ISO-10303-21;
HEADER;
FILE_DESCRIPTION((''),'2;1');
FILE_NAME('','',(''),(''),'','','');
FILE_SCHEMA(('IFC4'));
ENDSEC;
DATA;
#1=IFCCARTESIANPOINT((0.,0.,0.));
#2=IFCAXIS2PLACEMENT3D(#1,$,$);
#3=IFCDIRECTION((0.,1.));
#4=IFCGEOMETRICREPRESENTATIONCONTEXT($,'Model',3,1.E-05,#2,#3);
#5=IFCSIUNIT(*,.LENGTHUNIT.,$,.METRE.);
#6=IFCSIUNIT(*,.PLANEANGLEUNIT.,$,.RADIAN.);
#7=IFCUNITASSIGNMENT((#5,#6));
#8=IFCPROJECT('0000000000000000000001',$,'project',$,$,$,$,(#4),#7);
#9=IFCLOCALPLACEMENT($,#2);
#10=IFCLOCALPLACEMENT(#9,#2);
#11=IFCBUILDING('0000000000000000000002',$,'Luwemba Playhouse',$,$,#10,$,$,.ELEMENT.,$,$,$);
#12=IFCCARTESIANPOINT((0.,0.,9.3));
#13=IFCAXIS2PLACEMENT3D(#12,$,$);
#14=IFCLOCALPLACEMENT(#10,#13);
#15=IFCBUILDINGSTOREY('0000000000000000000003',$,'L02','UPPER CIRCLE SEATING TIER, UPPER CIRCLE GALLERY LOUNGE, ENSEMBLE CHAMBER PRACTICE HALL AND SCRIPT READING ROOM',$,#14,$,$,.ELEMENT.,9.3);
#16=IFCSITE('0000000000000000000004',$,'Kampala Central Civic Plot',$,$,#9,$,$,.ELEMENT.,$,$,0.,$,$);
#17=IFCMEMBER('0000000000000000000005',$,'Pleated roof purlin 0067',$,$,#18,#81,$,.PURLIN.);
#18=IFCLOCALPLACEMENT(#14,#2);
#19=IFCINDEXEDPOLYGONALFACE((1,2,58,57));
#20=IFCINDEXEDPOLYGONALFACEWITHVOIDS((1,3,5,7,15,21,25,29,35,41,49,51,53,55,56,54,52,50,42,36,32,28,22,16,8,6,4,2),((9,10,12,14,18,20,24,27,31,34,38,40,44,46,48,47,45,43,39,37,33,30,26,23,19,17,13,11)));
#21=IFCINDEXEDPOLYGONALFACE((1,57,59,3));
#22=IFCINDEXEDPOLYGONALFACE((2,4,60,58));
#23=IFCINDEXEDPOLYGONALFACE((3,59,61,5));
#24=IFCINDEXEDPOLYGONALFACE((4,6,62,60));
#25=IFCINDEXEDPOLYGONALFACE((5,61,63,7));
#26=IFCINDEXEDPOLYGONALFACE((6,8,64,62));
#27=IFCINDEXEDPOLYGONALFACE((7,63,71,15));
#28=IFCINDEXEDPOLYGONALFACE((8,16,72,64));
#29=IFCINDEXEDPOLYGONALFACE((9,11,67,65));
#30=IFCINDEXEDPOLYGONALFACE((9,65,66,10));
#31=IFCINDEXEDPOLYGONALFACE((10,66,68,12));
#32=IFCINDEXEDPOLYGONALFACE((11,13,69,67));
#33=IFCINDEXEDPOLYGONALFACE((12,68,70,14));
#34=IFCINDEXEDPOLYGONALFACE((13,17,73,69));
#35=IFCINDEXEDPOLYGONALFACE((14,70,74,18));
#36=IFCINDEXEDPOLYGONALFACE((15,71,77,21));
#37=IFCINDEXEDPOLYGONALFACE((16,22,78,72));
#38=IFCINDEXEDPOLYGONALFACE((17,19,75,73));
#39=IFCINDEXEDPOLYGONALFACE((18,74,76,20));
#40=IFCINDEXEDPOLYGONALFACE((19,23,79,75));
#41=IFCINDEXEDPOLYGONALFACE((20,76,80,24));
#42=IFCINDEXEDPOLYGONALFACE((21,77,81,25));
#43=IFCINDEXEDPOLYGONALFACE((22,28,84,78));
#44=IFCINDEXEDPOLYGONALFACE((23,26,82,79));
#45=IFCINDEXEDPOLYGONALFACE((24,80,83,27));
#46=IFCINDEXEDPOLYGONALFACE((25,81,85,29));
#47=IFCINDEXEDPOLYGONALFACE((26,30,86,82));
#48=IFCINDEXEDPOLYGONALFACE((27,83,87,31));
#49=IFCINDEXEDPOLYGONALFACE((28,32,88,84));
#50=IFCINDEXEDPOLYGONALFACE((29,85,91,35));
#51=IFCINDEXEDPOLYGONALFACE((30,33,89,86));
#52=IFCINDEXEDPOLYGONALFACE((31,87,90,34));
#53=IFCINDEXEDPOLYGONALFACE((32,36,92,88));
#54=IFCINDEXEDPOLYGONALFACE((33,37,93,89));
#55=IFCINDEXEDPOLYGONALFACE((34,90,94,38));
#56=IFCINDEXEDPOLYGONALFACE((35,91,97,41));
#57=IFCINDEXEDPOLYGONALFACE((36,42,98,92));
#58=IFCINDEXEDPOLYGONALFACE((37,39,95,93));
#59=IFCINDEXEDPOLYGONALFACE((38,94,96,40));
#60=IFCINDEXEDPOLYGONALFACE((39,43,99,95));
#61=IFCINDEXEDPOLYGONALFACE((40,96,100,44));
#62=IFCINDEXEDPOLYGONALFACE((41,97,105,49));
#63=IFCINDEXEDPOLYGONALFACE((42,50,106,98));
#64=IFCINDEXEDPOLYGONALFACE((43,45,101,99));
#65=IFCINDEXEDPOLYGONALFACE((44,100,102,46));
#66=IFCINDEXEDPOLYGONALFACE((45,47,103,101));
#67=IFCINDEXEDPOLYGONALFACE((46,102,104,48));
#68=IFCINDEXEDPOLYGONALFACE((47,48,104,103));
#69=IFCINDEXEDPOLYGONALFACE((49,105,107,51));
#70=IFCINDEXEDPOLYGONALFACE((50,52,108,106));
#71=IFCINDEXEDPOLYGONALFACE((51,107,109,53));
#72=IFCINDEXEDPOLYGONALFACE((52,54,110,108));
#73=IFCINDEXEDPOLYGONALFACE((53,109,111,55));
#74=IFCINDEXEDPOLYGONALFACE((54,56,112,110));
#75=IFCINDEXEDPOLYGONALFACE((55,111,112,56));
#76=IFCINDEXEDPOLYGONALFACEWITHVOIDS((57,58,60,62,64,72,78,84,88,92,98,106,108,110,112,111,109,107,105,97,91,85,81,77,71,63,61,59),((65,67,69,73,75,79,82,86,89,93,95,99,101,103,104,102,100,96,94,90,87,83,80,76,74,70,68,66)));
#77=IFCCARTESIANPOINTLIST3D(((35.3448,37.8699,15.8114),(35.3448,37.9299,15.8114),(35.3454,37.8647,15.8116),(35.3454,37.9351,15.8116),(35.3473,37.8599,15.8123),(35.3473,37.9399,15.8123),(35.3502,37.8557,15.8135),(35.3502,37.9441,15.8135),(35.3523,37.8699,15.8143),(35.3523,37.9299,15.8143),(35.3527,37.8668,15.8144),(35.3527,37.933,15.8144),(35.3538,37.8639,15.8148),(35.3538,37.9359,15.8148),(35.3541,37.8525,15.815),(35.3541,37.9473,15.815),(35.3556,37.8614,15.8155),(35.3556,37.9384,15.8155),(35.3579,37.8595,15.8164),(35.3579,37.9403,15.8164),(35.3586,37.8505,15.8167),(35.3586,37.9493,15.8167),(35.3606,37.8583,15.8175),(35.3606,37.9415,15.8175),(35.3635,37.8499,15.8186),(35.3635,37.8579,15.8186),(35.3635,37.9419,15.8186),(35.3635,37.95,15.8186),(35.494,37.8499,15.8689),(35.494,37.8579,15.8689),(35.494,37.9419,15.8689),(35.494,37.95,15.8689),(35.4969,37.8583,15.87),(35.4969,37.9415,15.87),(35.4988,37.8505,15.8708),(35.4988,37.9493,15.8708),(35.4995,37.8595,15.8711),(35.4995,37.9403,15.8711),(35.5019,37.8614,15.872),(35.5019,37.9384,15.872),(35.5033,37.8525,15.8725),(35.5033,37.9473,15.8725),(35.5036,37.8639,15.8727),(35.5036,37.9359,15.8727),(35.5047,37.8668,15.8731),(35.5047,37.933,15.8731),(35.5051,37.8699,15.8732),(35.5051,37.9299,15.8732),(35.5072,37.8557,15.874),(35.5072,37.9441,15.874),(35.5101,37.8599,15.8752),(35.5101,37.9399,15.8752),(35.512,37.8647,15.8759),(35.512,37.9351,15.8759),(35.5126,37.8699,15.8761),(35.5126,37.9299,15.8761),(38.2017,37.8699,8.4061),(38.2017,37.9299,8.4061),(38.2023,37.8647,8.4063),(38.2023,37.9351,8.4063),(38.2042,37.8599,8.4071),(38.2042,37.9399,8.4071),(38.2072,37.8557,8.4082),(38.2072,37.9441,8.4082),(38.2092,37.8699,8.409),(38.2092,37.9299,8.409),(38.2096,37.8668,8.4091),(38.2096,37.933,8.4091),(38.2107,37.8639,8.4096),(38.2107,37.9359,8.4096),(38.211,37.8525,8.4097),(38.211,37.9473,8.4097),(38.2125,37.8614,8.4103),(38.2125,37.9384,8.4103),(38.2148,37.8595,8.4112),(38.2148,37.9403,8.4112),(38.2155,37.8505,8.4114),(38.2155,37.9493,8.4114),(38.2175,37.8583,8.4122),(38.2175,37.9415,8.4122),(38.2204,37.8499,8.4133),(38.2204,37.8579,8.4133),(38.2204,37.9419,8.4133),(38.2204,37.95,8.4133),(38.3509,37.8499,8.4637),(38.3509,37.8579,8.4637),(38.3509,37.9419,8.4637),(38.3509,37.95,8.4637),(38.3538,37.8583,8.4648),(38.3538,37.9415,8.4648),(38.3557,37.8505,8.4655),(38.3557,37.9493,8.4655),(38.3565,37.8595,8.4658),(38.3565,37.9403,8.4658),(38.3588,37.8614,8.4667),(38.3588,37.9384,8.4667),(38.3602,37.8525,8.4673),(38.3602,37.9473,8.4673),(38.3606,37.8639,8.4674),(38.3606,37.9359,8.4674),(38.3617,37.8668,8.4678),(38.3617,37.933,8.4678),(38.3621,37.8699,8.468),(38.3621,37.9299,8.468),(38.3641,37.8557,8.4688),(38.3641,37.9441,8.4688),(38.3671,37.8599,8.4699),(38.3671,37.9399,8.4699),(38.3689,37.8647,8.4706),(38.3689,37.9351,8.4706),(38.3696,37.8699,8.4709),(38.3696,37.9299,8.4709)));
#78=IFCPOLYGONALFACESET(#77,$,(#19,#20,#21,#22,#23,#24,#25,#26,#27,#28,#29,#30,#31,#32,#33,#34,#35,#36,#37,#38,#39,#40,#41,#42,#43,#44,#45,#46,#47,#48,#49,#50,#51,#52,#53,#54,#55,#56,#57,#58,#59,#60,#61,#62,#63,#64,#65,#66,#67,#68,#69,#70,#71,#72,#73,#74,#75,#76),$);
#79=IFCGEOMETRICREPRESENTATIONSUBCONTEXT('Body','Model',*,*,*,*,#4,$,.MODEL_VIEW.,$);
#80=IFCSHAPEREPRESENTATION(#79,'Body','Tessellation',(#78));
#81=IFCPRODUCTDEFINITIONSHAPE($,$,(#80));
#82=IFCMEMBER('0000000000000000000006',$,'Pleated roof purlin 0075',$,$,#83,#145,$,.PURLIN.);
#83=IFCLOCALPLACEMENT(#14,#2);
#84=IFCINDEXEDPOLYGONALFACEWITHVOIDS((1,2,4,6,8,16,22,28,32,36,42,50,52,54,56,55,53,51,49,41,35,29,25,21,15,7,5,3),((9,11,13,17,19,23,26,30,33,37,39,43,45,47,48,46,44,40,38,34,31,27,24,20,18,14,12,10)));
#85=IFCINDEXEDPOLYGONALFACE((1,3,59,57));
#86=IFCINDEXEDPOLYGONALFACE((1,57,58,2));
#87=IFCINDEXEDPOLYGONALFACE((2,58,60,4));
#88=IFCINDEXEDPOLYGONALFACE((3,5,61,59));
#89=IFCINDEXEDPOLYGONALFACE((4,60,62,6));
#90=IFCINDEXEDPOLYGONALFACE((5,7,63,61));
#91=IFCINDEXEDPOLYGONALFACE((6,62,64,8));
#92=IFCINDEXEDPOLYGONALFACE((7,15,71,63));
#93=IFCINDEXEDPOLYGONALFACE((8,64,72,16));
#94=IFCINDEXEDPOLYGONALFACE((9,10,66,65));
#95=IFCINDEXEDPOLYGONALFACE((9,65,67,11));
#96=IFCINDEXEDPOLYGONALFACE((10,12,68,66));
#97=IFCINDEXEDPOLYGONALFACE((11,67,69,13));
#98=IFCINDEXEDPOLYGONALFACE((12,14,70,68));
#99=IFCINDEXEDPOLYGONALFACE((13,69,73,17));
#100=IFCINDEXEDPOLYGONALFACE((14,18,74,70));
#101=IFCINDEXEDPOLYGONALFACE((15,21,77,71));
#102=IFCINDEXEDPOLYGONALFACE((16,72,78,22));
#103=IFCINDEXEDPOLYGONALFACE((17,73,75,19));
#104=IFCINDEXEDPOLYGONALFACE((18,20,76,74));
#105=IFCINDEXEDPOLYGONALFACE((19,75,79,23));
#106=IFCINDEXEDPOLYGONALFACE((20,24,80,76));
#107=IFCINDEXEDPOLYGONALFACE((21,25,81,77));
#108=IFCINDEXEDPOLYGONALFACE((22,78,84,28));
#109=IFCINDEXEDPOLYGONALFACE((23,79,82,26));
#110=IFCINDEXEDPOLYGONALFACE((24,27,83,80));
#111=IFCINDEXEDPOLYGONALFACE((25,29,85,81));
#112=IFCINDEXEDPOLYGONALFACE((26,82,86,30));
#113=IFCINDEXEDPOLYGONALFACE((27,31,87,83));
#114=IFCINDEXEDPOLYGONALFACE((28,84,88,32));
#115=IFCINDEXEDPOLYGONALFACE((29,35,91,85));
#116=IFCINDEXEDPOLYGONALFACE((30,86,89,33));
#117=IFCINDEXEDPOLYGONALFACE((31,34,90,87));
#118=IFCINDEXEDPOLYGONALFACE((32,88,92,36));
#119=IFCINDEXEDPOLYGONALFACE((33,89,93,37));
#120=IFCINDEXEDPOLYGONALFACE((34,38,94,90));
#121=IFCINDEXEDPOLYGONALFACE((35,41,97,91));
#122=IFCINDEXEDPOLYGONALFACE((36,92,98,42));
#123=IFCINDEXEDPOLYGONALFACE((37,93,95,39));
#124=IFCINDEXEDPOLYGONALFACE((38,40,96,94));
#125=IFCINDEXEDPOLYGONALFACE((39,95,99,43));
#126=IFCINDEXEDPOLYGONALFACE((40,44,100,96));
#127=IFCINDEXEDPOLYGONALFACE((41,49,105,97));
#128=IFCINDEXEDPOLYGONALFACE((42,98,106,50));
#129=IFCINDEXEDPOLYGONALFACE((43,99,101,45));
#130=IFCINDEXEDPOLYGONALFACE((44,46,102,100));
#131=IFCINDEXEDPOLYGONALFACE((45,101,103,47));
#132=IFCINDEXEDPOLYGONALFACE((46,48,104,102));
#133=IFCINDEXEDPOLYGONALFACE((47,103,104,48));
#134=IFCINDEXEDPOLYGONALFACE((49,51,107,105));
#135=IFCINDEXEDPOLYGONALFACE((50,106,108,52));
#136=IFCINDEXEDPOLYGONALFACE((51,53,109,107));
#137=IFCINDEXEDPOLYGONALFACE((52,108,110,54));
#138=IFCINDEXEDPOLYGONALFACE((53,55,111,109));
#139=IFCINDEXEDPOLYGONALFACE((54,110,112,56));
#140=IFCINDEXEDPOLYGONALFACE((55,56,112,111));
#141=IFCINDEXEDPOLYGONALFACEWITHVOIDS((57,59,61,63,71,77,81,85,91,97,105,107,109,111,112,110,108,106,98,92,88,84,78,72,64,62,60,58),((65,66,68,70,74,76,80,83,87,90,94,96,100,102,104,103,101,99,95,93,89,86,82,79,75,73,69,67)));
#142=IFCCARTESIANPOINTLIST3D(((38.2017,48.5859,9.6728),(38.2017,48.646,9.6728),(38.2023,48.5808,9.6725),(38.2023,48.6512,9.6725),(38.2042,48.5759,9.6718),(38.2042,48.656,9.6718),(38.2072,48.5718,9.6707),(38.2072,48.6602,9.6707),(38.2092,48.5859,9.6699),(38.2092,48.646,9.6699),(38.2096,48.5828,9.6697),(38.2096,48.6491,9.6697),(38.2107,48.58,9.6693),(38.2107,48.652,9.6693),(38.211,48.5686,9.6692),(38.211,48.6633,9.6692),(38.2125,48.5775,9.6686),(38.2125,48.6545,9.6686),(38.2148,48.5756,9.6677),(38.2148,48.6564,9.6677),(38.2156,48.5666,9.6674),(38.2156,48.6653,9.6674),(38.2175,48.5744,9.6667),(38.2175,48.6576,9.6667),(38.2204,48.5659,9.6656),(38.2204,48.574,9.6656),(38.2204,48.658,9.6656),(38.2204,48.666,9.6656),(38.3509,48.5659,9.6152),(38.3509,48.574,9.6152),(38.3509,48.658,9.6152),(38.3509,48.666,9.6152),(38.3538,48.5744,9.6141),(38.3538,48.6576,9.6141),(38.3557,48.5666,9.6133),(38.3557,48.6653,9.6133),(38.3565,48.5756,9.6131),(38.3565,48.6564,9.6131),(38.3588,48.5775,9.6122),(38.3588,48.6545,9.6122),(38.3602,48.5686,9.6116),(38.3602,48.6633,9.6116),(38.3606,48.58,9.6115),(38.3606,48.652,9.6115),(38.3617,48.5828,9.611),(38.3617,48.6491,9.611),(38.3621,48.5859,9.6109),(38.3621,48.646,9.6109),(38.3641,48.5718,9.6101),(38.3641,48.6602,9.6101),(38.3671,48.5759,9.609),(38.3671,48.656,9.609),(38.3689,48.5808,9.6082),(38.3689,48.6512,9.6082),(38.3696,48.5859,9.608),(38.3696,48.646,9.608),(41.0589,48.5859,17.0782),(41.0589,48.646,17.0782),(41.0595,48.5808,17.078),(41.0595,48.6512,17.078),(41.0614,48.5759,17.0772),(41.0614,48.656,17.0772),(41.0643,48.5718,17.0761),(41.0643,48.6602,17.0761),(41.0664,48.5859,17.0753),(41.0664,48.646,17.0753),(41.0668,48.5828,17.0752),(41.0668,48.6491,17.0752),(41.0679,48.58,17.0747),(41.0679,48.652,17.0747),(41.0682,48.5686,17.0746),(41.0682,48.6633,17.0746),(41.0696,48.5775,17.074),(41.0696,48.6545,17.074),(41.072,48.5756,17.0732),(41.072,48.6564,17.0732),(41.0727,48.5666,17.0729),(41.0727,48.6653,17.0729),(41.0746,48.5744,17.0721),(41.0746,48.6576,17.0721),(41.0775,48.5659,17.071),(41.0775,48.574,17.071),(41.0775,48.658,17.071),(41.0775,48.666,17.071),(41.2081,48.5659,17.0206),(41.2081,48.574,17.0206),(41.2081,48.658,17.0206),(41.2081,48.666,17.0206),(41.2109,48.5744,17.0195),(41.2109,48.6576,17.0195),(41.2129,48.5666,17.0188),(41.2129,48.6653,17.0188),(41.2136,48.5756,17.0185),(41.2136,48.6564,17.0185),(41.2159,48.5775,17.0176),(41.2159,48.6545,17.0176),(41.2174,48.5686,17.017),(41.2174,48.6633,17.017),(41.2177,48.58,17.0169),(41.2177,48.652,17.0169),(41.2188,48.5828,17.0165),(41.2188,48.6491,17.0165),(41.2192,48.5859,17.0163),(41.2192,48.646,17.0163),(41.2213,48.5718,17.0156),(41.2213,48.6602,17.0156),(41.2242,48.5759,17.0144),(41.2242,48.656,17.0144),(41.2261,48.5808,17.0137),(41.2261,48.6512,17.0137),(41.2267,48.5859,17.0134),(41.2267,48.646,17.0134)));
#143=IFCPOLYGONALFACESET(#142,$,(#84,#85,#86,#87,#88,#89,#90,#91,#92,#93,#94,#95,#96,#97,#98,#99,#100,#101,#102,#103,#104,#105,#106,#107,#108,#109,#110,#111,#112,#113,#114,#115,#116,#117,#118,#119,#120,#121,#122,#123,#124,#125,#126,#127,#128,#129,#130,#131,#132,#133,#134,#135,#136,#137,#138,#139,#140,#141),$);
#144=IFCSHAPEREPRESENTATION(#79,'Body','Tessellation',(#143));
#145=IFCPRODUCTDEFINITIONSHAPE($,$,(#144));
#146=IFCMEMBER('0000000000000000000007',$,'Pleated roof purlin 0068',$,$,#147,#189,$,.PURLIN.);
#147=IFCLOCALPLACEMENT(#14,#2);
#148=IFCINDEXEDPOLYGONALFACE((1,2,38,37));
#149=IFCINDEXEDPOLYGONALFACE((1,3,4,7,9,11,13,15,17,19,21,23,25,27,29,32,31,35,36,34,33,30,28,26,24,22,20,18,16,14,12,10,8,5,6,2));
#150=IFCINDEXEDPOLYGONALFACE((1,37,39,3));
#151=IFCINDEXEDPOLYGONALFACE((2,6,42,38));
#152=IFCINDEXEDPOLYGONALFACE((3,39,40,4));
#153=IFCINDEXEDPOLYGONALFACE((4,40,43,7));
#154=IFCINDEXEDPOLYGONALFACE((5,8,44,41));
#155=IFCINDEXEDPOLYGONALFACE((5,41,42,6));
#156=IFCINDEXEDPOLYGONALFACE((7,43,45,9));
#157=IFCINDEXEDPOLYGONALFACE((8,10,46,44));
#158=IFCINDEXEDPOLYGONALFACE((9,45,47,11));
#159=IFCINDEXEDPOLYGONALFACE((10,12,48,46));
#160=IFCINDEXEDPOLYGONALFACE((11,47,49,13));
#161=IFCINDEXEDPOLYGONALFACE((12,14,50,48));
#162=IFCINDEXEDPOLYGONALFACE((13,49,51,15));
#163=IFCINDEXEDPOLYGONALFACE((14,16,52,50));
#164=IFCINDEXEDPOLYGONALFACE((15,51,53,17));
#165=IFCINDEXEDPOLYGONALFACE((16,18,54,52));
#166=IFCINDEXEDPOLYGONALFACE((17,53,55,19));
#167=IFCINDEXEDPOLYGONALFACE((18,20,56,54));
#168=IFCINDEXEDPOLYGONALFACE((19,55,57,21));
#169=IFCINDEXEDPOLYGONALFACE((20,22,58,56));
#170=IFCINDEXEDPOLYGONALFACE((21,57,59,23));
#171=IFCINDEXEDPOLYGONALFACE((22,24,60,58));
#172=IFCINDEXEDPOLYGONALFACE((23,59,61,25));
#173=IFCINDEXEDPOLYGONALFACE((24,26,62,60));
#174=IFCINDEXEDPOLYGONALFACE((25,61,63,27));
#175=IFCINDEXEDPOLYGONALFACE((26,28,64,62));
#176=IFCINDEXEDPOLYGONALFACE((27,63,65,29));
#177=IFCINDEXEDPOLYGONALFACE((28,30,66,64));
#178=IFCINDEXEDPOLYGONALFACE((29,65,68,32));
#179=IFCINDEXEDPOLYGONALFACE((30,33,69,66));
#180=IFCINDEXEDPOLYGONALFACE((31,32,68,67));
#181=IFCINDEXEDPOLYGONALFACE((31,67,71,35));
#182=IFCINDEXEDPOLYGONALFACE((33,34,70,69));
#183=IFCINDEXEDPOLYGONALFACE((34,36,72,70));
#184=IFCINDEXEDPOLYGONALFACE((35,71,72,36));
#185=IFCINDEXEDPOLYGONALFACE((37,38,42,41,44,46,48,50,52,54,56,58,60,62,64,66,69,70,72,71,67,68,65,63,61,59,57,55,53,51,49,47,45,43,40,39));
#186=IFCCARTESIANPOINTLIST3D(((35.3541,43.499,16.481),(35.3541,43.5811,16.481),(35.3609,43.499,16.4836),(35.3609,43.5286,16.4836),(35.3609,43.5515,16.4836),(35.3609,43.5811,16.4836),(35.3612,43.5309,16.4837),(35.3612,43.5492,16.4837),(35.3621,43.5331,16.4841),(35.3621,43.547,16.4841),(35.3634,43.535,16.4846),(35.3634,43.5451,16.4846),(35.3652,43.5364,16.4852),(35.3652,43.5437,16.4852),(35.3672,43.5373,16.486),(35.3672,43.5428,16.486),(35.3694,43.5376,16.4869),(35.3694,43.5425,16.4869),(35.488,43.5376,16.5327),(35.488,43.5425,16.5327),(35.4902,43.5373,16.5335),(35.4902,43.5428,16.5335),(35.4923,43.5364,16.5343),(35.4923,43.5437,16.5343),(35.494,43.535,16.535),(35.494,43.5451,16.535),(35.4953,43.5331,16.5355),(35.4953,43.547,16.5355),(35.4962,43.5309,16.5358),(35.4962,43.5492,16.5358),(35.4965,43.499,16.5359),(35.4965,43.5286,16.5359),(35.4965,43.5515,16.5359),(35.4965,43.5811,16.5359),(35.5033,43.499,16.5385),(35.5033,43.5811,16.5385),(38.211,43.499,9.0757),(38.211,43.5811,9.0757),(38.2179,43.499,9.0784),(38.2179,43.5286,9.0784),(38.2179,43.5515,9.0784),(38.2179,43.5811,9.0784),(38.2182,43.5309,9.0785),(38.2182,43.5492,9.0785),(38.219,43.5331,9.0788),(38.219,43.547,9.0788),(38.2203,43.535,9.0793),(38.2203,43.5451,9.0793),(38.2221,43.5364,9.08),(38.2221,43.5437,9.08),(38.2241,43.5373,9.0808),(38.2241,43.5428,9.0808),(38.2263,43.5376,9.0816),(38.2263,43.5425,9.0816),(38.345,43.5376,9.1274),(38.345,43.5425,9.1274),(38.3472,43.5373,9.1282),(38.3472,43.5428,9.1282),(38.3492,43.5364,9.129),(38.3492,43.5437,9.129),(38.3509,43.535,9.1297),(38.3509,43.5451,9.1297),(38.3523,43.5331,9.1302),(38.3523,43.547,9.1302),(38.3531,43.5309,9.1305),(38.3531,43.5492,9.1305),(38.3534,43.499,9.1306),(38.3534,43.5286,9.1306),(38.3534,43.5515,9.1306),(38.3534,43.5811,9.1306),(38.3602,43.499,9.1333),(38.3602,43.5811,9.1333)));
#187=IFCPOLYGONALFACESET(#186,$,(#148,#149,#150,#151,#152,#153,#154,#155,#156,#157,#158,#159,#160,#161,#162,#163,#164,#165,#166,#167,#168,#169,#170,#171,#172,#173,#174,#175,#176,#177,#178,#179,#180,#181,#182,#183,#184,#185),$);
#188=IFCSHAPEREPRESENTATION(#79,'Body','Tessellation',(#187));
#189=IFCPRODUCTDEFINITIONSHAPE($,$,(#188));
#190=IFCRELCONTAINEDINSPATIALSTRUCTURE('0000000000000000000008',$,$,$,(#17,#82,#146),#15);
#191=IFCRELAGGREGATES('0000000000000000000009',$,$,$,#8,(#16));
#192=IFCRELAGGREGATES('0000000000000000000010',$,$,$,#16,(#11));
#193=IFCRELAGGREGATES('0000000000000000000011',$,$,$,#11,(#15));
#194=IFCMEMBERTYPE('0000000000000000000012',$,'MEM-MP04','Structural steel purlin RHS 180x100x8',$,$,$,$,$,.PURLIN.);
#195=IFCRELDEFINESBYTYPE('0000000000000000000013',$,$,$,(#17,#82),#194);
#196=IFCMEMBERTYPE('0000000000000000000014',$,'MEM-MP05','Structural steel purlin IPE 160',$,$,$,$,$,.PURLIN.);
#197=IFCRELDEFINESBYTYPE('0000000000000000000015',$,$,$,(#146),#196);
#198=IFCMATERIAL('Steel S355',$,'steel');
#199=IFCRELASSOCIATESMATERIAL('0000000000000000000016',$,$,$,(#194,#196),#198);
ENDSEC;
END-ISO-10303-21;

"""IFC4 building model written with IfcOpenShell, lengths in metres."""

from ifc_helpers import new_model, si_unit, direction, frame, origin, origin_2d, place, context, subcontext, project, spatial, hollow_rectangle, i_section, extrude, material, material_profile, profile_set, type_object, element, save


model = new_model("IFC4")

# Units and contexts
model_context = context("Model", 3, precision=1e-05, world=origin(), true_north=direction((0.0, 1.0)))
body_context = subcontext(model_context, "Body", "Model", "MODEL_VIEW")
ifc_project = project(units=[si_unit("LENGTHUNIT", "METRE"), si_unit("PLANEANGLEUNIT", "RADIAN")], contexts=[model_context])

# Site, building, storey
site_placement = place(None, origin())
site = spatial("IfcSite", under=ifc_project, at=site_placement, Name="Kampala Central Civic Plot", CompositionType="ELEMENT", RefElevation=0.0)
building_placement = place(site_placement, origin())
building = spatial("IfcBuilding", under=site, at=building_placement, Name="Luwemba Playhouse", CompositionType="ELEMENT")
storey_placement = place(building_placement, frame((0.0, 0.0, 9.3)))
storey = spatial("IfcBuildingStorey", under=building, at=storey_placement, Name="L02", Description="UPPER CIRCLE SEATING TIER, UPPER CIRCLE GALLERY LOUNGE, ENSEMBLE CHAMBER PRACTICE HALL AND SCRIPT READING ROOM", CompositionType="ELEMENT", Elevation=9.3)

# Shared definitions
ifc_material_1 = material(Name="Steel S355", Category="steel")

# Members
ifc_material_profile_1 = material_profile(ifc_material_1, hollow_rectangle(XDim=0.1001, YDim=0.1799, WallThickness=0.0081, InnerFilletRadius=0.012, OuterFilletRadius=0.02, at=origin_2d()))
ifc_profile_set_1 = profile_set([ifc_material_profile_1], Name="Steel S355")
member_type_1 = type_object("IfcMemberType", Name="MEM-MP04", Description="Structural steel purlin RHS 180x100x8", PredefinedType="PURLIN", material=ifc_profile_set_1)
member_1_placement = place(storey_placement, frame((35.4287, 37.8999, 15.8438), z_axis=(0.359939, 0.0, -0.932976), x_axis=(0.0, 1.0, 0.0)))
element("IfcMember", 1, at=member_1_placement, inside=storey, type_object=member_type_1, Name="Pleated roof purlin 0067", PredefinedType="PURLIN", context=body_context, shape_type="SweptSolid", body=[
    extrude(hollow_rectangle(XDim=0.1001, YDim=0.1799, WallThickness=0.0081, InnerFilletRadius=0.012, OuterFilletRadius=0.02, at=origin_2d()), origin(), (0.0, 0.0, 1.0), 7.9373),
])
member_2_placement = place(storey_placement, frame((38.2856, 48.616, 9.6404), z_axis=(0.359956, 0.0, 0.932969), x_axis=(0.0, 1.0, 0.0)))
element("IfcMember", 2, at=member_2_placement, inside=storey, type_object=member_type_1, Name="Pleated roof purlin 0075", PredefinedType="PURLIN", context=body_context, shape_type="SweptSolid", body=[
    extrude(hollow_rectangle(XDim=0.1001, YDim=0.1799, WallThickness=0.0081, InnerFilletRadius=0.012, OuterFilletRadius=0.02, at=origin_2d()), origin(), (0.0, 0.0, 1.0), 7.9375),
])
ifc_material_profile_2 = material_profile(ifc_material_1, i_section(OverallWidth=0.082, OverallDepth=0.1599, WebThickness=0.0049, FlangeThickness=0.0073, FilletRadius=0.009, at=origin_2d()))
ifc_profile_set_2 = profile_set([ifc_material_profile_2], Name="Steel S355")
member_type_2 = type_object("IfcMemberType", Name="MEM-MP05", Description="Structural steel purlin IPE 160", PredefinedType="PURLIN", material=ifc_profile_set_2)
member_3_placement = place(storey_placement, frame((35.4287, 43.54, 16.5098), z_axis=(0.359939, 0.0, -0.932976), x_axis=(0.0, 1.0, 0.0)))
element("IfcMember", 3, at=member_3_placement, inside=storey, type_object=member_type_2, Name="Pleated roof purlin 0068", PredefinedType="PURLIN", context=body_context, shape_type="SweptSolid", body=[
    extrude(i_section(OverallWidth=0.082, OverallDepth=0.1599, WebThickness=0.0049, FlangeThickness=0.0073, FilletRadius=0.009, at=origin_2d()), origin(), (0.0, 0.0, 1.0), 7.9373),
])

save(model, "model.ifc")
